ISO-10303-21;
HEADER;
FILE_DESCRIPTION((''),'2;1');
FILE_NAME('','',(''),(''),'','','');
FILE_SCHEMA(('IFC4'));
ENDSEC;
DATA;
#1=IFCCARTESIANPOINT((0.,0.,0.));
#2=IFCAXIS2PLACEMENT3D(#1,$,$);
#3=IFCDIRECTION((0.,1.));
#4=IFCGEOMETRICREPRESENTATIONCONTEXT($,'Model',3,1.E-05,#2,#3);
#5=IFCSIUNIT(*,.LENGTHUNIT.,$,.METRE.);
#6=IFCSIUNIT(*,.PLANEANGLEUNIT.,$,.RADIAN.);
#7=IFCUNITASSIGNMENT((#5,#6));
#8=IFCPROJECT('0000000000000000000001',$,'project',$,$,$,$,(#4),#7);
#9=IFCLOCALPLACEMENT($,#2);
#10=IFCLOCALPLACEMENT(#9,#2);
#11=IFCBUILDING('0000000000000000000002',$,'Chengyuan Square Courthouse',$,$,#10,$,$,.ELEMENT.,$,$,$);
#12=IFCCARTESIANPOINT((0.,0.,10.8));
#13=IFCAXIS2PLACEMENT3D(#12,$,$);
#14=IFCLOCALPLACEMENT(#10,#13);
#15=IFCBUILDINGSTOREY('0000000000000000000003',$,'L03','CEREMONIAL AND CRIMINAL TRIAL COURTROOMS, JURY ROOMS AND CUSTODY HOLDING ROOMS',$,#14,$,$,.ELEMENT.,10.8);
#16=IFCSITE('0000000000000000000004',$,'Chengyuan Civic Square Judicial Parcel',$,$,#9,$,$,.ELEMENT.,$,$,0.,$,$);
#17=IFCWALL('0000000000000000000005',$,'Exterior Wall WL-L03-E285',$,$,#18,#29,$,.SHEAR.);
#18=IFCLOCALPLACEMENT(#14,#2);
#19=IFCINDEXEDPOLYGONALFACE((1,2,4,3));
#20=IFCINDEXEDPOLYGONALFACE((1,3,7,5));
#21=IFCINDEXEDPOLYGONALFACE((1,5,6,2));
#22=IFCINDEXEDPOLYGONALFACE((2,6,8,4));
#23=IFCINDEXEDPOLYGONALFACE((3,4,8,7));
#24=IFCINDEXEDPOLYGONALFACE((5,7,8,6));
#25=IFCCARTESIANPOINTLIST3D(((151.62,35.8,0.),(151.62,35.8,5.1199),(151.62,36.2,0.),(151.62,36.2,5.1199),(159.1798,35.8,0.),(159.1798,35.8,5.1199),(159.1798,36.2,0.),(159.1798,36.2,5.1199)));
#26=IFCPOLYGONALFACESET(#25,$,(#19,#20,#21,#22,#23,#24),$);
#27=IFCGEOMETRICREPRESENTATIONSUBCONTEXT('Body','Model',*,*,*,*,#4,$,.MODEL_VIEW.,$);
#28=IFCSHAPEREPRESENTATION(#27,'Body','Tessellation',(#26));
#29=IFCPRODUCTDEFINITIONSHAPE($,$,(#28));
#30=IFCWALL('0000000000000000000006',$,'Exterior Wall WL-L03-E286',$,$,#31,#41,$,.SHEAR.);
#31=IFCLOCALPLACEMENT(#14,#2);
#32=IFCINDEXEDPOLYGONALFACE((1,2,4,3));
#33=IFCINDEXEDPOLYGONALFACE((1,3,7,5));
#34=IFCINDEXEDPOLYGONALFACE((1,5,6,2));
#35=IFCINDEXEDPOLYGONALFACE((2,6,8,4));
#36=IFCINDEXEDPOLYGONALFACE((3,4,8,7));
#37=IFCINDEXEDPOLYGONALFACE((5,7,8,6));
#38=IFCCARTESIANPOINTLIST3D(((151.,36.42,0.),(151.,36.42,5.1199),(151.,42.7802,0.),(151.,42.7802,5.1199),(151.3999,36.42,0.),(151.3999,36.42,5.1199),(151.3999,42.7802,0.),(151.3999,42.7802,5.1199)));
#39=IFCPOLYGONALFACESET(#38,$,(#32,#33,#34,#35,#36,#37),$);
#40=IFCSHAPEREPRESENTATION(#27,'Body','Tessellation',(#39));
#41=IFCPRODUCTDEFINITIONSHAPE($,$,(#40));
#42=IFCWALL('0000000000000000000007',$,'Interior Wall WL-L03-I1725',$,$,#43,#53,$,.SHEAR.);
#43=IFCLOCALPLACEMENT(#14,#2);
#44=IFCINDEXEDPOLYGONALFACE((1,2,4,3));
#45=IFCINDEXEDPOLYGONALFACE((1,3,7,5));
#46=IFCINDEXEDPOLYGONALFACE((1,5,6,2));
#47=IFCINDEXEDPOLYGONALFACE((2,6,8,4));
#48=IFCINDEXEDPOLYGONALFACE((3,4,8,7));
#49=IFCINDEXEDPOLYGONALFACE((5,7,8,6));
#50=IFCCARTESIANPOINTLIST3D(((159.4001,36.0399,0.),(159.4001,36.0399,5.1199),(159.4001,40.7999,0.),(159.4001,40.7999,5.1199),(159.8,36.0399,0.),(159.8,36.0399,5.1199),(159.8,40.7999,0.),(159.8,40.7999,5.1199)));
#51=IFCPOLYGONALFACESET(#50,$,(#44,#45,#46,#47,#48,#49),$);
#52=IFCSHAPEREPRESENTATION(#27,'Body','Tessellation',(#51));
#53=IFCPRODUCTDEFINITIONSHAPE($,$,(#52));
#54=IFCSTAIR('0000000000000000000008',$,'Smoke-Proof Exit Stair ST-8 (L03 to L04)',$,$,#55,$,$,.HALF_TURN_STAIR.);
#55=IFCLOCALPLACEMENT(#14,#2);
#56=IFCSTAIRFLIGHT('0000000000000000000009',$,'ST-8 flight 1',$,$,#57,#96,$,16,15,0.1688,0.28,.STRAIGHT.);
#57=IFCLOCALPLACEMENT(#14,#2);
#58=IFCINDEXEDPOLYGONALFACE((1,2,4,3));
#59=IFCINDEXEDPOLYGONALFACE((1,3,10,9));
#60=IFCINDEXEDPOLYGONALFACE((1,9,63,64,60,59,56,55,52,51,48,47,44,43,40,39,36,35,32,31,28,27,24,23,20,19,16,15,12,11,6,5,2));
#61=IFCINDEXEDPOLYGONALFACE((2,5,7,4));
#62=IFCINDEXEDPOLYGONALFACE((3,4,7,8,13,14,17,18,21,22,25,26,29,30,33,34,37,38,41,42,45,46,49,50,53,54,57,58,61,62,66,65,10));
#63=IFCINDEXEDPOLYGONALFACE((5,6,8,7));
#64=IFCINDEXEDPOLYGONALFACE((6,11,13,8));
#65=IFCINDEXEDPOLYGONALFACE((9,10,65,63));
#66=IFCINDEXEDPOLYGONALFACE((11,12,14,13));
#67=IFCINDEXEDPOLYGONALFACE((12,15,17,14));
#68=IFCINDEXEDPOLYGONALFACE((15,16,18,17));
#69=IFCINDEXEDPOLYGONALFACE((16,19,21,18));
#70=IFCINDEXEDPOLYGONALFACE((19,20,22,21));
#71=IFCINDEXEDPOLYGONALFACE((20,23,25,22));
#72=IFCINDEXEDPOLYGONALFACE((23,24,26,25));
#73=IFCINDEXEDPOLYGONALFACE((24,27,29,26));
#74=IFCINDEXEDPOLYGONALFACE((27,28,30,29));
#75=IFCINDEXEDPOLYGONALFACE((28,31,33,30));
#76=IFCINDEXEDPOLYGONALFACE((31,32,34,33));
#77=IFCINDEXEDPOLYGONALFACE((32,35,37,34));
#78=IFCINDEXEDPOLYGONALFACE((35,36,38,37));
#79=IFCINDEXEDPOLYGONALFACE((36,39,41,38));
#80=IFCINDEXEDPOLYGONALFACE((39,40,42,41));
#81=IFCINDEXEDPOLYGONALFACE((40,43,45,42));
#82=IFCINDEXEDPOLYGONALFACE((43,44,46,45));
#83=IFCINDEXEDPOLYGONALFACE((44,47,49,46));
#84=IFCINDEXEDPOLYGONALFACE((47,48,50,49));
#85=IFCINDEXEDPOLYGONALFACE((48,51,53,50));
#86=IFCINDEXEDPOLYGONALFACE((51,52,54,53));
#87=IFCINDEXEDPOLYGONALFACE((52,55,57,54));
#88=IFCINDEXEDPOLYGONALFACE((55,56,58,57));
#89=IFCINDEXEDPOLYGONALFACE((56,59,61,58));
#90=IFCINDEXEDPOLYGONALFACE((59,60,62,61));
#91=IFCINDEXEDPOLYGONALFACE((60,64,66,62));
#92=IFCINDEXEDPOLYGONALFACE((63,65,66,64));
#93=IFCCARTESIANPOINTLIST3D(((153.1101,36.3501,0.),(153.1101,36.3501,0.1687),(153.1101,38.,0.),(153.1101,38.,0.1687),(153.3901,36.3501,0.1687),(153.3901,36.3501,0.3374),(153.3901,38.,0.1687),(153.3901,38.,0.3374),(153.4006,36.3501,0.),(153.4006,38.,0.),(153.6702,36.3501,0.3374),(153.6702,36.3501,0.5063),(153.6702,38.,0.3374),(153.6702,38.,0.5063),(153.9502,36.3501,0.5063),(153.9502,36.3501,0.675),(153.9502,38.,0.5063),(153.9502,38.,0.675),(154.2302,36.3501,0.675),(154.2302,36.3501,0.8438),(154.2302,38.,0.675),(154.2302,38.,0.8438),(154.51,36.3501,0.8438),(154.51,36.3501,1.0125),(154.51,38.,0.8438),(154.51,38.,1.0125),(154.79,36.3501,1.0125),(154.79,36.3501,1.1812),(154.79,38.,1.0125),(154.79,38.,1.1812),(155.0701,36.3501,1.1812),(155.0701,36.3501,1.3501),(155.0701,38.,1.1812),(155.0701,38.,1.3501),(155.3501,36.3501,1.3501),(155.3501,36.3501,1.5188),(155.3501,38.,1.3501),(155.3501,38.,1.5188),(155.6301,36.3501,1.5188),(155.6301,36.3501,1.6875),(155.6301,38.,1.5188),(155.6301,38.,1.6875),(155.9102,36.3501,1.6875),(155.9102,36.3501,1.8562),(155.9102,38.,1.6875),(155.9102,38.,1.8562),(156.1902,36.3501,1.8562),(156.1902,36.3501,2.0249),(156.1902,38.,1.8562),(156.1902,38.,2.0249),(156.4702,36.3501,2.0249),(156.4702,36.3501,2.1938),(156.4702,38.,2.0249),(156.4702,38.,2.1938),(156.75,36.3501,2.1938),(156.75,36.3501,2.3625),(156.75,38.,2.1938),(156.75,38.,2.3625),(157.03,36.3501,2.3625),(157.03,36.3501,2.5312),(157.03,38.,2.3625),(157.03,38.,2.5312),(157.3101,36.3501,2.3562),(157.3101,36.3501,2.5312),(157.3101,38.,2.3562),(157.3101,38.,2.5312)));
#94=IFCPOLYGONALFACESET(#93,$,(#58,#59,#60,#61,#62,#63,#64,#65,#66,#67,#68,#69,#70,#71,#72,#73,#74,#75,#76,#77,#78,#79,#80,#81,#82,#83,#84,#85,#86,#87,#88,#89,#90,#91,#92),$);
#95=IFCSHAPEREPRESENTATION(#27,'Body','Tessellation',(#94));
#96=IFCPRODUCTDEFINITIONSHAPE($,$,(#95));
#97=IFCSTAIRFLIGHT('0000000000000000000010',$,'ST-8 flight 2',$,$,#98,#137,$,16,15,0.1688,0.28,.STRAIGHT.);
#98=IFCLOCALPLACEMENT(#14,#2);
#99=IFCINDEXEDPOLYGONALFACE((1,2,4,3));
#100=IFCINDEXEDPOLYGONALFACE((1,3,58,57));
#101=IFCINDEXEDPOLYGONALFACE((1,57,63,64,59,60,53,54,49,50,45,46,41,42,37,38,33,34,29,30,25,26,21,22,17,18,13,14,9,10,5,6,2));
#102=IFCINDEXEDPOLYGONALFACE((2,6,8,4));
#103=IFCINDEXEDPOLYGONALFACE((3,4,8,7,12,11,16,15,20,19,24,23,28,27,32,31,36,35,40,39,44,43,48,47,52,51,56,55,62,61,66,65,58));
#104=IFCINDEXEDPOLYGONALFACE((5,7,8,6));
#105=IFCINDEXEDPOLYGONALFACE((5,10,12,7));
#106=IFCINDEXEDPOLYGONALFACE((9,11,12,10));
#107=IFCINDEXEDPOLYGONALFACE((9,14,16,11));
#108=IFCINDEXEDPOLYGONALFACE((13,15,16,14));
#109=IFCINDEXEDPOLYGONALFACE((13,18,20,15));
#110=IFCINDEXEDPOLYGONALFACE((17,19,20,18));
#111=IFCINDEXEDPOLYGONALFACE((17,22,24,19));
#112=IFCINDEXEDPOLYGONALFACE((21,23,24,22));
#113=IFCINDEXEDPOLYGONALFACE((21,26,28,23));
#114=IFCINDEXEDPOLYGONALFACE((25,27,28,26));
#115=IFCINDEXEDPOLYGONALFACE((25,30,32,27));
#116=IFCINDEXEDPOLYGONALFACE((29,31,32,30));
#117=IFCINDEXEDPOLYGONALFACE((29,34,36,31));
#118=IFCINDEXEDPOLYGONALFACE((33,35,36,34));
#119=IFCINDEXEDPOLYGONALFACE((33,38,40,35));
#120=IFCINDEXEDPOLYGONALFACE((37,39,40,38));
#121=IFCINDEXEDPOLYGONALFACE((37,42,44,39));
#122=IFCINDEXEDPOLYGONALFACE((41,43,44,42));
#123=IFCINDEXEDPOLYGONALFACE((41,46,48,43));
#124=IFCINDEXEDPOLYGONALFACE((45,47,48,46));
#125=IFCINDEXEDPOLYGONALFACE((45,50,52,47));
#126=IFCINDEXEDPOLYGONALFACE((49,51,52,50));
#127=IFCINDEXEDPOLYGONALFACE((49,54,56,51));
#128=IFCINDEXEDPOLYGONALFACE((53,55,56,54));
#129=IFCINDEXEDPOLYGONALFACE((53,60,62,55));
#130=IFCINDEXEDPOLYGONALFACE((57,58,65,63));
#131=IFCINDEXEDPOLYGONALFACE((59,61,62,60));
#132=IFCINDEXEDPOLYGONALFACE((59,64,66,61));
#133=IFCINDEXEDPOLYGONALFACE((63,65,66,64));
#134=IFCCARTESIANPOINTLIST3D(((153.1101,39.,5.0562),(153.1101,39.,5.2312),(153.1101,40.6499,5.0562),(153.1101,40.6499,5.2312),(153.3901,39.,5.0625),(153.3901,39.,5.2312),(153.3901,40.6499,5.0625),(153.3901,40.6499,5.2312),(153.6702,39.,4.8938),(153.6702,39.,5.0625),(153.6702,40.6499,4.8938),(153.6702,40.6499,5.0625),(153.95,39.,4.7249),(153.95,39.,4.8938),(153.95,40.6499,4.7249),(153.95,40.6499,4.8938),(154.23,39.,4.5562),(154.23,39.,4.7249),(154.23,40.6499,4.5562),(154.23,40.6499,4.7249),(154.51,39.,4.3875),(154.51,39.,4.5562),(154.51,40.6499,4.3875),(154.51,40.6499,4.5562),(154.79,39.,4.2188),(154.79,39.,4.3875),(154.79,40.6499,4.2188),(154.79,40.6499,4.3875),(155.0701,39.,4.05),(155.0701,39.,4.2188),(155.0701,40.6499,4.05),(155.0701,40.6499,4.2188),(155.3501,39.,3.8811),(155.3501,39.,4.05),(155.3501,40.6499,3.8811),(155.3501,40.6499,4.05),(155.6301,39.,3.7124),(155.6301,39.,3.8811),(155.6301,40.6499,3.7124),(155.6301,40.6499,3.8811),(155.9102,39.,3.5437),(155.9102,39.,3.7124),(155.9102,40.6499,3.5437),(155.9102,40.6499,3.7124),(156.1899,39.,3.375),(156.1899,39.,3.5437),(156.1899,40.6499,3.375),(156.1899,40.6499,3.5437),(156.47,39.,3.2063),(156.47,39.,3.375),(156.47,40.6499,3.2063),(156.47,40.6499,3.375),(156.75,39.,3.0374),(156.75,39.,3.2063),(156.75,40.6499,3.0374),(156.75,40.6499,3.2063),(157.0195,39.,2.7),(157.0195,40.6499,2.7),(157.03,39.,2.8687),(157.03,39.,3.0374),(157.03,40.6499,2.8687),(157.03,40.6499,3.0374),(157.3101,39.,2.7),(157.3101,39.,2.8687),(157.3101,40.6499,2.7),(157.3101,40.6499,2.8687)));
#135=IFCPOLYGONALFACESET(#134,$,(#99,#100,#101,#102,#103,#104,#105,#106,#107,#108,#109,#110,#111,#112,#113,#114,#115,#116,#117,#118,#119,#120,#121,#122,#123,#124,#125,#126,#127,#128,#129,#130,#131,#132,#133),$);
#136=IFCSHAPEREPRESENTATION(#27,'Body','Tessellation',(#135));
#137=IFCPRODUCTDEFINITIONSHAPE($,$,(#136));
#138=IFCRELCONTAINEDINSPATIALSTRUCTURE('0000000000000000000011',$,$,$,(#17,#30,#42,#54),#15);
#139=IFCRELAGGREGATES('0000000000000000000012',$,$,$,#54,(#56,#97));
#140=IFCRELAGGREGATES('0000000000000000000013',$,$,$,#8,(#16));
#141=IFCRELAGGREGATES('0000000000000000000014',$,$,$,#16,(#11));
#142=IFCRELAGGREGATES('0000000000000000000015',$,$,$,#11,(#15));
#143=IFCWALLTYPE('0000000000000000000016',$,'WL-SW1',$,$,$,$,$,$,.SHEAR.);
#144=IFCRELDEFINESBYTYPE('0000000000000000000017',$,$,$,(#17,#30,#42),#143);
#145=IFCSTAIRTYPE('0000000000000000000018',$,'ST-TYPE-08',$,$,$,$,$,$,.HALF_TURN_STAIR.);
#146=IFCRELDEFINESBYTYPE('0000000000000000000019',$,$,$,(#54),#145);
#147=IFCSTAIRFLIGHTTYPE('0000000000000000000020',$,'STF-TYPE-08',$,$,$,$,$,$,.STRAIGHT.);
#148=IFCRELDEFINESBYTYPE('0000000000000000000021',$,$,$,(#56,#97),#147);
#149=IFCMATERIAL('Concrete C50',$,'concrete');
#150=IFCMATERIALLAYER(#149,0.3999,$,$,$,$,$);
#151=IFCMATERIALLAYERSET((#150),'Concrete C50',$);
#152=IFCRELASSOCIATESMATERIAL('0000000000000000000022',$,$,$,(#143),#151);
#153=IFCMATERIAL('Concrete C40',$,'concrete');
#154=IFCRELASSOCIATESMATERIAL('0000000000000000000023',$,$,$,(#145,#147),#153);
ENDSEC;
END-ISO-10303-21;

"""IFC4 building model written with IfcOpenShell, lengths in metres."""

from ifc_helpers import new_model, si_unit, direction, frame, frame_2d, origin, place, context, subcontext, project, spatial, polyline, rectangle, outline, extrude, material, layer, layer_set, type_object, element, aggregate, save


model = new_model("IFC4")

# Units and contexts
model_context = context("Model", 3, precision=1e-05, world=origin(), true_north=direction((0.0, 1.0)))
body_context = subcontext(model_context, "Body", "Model", "MODEL_VIEW")
ifc_project = project(units=[si_unit("LENGTHUNIT", "METRE"), si_unit("PLANEANGLEUNIT", "RADIAN")], contexts=[model_context])

# Site, building, storey
site_placement = place(None, origin())
site = spatial("IfcSite", under=ifc_project, at=site_placement, Name="Chengyuan Civic Square Judicial Parcel", CompositionType="ELEMENT", RefElevation=0.0)
building_placement = place(site_placement, origin())
building = spatial("IfcBuilding", under=site, at=building_placement, Name="Chengyuan Square Courthouse", CompositionType="ELEMENT")
storey_placement = place(building_placement, frame((0.0, 0.0, 10.8)))
storey = spatial("IfcBuildingStorey", under=building, at=storey_placement, Name="L03", Description="CEREMONIAL AND CRIMINAL TRIAL COURTROOMS, JURY ROOMS AND CUSTODY HOLDING ROOMS", CompositionType="ELEMENT", Elevation=10.8)

# Shared definitions
ifc_material_1 = material(Name="Concrete C50", Category="concrete")

# Shared definitions
ifc_material_2 = material(Name="Concrete C40", Category="concrete")

# Walls
ifc_layer_1 = layer(ifc_material_1, 0.3999)
ifc_layer_set_1 = layer_set([ifc_layer_1], Name="Concrete C50")
wall_type_1 = type_object("IfcWallType", Name="WL-SW1", PredefinedType="SHEAR", material=ifc_layer_set_1)
wall_1_placement = place(storey_placement, frame((151.6201, 36.0, 0.0), z_axis=(0.0, 0.0, 1.0), x_axis=(1.0, 0.0, 0.0)))
element("IfcWall", 1, at=wall_1_placement, inside=storey, type_object=wall_type_1, Name="Exterior Wall WL-L03-E285", PredefinedType="SHEAR", context=body_context, shape_type="SweptSolid", body=[
    extrude(rectangle(XDim=7.5598, YDim=0.3999, at=frame_2d((3.7798, 0.0))), origin(), (0.0, 0.0, 1.0), 5.1199),
])
wall_2_placement = place(storey_placement, frame((151.2, 36.4199, 0.0), z_axis=(0.0, 0.0, 1.0), x_axis=(0.0, 1.0, 0.0)))
element("IfcWall", 2, at=wall_2_placement, inside=storey, type_object=wall_type_1, Name="Exterior Wall WL-L03-E286", PredefinedType="SHEAR", context=body_context, shape_type="SweptSolid", body=[
    extrude(rectangle(XDim=6.3601, YDim=0.3999, at=frame_2d((3.1802, 0.0))), origin(), (0.0, 0.0, 1.0), 5.1199),
])
wall_3_placement = place(storey_placement, frame((159.6001, 36.04, 0.0), z_axis=(0.0, 0.0, 1.0), x_axis=(0.0, 1.0, 0.0)))
element("IfcWall", 3, at=wall_3_placement, inside=storey, type_object=wall_type_1, Name="Interior Wall WL-L03-I1725", PredefinedType="SHEAR", context=body_context, shape_type="SweptSolid", body=[
    extrude(rectangle(XDim=4.76, YDim=0.3999, at=frame_2d((2.3799, 0.0))), origin(), (0.0, 0.0, 1.0), 5.1199),
])

# Stair, stair flights
stair_type = type_object("IfcStairType", Name="ST-TYPE-08", PredefinedType="HALF_TURN_STAIR", material=ifc_material_2)
stair_placement = place(storey_placement, origin())
stair = element("IfcStair", 4, at=stair_placement, inside=storey, type_object=stair_type, Name="Smoke-Proof Exit Stair ST-8 (L03 to L04)", PredefinedType="HALF_TURN_STAIR")
stair_flight_type = type_object("IfcStairFlightType", Name="STF-TYPE-08", PredefinedType="STRAIGHT", material=ifc_material_2)
stair_flight_1_placement = place(storey_placement, frame((153.1101, 37.175, 0.0), z_axis=(0.0, 0.0, 1.0), x_axis=(1.0, 0.0, 0.0)))
stair_flight_1 = element("IfcStairFlight", 5, at=stair_flight_1_placement, type_object=stair_flight_type, Name="ST-8 flight 1", NumberOfRisers=16, NumberOfTreads=15, PredefinedType="STRAIGHT", RiserHeight=0.1688, TreadLength=0.28, context=body_context, shape_type="SweptSolid", body=[
    extrude(outline(polyline([(0.0, 0.0), (0.0, 0.1687), (0.28, 0.1687), (0.28, 0.3374), (0.5601, 0.3374), (0.5601, 0.5063), (0.8401, 0.5063), (0.8401, 0.675), (1.1201, 0.675), (1.1201, 0.8438), (1.3999, 0.8438), (1.3999, 1.0125), (1.6799, 1.0125), (1.6799, 1.1812), (1.96, 1.1812), (1.96, 1.3501), (2.24, 1.3501), (2.24, 1.5188), (2.52, 1.5188), (2.52, 1.6875), (2.8, 1.6875), (2.8, 1.8562), (3.0801, 1.8562), (3.0801, 2.0249), (3.3601, 2.0249), (3.3601, 2.1938), (3.6399, 2.1938), (3.6399, 2.3625), (3.9199, 2.3625), (3.9199, 2.5312), (4.2, 2.5312), (4.2, 2.7), (4.2, 2.3562), (0.2905, 0.0), (0.0, 0.0)])), frame((0.0, 0.825, 0.0), z_axis=(0.0, -1.0, 0.0), x_axis=(1.0, 0.0, 0.0)), (0.0, 0.0, 1.0), 1.6499),
])
stair_flight_2_placement = place(storey_placement, frame((157.3101, 39.825, 2.7), z_axis=(0.0, 0.0, 1.0), x_axis=(-1.0, 0.0, 0.0)))
stair_flight_2 = element("IfcStairFlight", 6, at=stair_flight_2_placement, type_object=stair_flight_type, Name="ST-8 flight 2", NumberOfRisers=16, NumberOfTreads=15, PredefinedType="STRAIGHT", RiserHeight=0.1688, TreadLength=0.28, context=body_context, shape_type="SweptSolid", body=[
    extrude(outline(polyline([(0.0, 0.0), (0.0, 0.1687), (0.28, 0.1687), (0.28, 0.3374), (0.5601, 0.3374), (0.5601, 0.5063), (0.8401, 0.5063), (0.8401, 0.675), (1.1201, 0.675), (1.1201, 0.8438), (1.3999, 0.8438), (1.3999, 1.0125), (1.6799, 1.0125), (1.6799, 1.1812), (1.96, 1.1812), (1.96, 1.3501), (2.24, 1.3501), (2.24, 1.5188), (2.52, 1.5188), (2.52, 1.6875), (2.8, 1.6875), (2.8, 1.8562), (3.0801, 1.8562), (3.0801, 2.0249), (3.3601, 2.0249), (3.3601, 2.1938), (3.6399, 2.1938), (3.6399, 2.3625), (3.9199, 2.3625), (3.9199, 2.5312), (4.2, 2.5312), (4.2, 2.7), (4.2, 2.3562), (0.2905, 0.0), (0.0, 0.0)])), frame((0.0, 0.825, 0.0), z_axis=(0.0, -1.0, 0.0), x_axis=(1.0, 0.0, 0.0)), (0.0, 0.0, 1.0), 1.6499),
])
aggregate(stair, [stair_flight_1, stair_flight_2])

save(model, "model.ifc")
